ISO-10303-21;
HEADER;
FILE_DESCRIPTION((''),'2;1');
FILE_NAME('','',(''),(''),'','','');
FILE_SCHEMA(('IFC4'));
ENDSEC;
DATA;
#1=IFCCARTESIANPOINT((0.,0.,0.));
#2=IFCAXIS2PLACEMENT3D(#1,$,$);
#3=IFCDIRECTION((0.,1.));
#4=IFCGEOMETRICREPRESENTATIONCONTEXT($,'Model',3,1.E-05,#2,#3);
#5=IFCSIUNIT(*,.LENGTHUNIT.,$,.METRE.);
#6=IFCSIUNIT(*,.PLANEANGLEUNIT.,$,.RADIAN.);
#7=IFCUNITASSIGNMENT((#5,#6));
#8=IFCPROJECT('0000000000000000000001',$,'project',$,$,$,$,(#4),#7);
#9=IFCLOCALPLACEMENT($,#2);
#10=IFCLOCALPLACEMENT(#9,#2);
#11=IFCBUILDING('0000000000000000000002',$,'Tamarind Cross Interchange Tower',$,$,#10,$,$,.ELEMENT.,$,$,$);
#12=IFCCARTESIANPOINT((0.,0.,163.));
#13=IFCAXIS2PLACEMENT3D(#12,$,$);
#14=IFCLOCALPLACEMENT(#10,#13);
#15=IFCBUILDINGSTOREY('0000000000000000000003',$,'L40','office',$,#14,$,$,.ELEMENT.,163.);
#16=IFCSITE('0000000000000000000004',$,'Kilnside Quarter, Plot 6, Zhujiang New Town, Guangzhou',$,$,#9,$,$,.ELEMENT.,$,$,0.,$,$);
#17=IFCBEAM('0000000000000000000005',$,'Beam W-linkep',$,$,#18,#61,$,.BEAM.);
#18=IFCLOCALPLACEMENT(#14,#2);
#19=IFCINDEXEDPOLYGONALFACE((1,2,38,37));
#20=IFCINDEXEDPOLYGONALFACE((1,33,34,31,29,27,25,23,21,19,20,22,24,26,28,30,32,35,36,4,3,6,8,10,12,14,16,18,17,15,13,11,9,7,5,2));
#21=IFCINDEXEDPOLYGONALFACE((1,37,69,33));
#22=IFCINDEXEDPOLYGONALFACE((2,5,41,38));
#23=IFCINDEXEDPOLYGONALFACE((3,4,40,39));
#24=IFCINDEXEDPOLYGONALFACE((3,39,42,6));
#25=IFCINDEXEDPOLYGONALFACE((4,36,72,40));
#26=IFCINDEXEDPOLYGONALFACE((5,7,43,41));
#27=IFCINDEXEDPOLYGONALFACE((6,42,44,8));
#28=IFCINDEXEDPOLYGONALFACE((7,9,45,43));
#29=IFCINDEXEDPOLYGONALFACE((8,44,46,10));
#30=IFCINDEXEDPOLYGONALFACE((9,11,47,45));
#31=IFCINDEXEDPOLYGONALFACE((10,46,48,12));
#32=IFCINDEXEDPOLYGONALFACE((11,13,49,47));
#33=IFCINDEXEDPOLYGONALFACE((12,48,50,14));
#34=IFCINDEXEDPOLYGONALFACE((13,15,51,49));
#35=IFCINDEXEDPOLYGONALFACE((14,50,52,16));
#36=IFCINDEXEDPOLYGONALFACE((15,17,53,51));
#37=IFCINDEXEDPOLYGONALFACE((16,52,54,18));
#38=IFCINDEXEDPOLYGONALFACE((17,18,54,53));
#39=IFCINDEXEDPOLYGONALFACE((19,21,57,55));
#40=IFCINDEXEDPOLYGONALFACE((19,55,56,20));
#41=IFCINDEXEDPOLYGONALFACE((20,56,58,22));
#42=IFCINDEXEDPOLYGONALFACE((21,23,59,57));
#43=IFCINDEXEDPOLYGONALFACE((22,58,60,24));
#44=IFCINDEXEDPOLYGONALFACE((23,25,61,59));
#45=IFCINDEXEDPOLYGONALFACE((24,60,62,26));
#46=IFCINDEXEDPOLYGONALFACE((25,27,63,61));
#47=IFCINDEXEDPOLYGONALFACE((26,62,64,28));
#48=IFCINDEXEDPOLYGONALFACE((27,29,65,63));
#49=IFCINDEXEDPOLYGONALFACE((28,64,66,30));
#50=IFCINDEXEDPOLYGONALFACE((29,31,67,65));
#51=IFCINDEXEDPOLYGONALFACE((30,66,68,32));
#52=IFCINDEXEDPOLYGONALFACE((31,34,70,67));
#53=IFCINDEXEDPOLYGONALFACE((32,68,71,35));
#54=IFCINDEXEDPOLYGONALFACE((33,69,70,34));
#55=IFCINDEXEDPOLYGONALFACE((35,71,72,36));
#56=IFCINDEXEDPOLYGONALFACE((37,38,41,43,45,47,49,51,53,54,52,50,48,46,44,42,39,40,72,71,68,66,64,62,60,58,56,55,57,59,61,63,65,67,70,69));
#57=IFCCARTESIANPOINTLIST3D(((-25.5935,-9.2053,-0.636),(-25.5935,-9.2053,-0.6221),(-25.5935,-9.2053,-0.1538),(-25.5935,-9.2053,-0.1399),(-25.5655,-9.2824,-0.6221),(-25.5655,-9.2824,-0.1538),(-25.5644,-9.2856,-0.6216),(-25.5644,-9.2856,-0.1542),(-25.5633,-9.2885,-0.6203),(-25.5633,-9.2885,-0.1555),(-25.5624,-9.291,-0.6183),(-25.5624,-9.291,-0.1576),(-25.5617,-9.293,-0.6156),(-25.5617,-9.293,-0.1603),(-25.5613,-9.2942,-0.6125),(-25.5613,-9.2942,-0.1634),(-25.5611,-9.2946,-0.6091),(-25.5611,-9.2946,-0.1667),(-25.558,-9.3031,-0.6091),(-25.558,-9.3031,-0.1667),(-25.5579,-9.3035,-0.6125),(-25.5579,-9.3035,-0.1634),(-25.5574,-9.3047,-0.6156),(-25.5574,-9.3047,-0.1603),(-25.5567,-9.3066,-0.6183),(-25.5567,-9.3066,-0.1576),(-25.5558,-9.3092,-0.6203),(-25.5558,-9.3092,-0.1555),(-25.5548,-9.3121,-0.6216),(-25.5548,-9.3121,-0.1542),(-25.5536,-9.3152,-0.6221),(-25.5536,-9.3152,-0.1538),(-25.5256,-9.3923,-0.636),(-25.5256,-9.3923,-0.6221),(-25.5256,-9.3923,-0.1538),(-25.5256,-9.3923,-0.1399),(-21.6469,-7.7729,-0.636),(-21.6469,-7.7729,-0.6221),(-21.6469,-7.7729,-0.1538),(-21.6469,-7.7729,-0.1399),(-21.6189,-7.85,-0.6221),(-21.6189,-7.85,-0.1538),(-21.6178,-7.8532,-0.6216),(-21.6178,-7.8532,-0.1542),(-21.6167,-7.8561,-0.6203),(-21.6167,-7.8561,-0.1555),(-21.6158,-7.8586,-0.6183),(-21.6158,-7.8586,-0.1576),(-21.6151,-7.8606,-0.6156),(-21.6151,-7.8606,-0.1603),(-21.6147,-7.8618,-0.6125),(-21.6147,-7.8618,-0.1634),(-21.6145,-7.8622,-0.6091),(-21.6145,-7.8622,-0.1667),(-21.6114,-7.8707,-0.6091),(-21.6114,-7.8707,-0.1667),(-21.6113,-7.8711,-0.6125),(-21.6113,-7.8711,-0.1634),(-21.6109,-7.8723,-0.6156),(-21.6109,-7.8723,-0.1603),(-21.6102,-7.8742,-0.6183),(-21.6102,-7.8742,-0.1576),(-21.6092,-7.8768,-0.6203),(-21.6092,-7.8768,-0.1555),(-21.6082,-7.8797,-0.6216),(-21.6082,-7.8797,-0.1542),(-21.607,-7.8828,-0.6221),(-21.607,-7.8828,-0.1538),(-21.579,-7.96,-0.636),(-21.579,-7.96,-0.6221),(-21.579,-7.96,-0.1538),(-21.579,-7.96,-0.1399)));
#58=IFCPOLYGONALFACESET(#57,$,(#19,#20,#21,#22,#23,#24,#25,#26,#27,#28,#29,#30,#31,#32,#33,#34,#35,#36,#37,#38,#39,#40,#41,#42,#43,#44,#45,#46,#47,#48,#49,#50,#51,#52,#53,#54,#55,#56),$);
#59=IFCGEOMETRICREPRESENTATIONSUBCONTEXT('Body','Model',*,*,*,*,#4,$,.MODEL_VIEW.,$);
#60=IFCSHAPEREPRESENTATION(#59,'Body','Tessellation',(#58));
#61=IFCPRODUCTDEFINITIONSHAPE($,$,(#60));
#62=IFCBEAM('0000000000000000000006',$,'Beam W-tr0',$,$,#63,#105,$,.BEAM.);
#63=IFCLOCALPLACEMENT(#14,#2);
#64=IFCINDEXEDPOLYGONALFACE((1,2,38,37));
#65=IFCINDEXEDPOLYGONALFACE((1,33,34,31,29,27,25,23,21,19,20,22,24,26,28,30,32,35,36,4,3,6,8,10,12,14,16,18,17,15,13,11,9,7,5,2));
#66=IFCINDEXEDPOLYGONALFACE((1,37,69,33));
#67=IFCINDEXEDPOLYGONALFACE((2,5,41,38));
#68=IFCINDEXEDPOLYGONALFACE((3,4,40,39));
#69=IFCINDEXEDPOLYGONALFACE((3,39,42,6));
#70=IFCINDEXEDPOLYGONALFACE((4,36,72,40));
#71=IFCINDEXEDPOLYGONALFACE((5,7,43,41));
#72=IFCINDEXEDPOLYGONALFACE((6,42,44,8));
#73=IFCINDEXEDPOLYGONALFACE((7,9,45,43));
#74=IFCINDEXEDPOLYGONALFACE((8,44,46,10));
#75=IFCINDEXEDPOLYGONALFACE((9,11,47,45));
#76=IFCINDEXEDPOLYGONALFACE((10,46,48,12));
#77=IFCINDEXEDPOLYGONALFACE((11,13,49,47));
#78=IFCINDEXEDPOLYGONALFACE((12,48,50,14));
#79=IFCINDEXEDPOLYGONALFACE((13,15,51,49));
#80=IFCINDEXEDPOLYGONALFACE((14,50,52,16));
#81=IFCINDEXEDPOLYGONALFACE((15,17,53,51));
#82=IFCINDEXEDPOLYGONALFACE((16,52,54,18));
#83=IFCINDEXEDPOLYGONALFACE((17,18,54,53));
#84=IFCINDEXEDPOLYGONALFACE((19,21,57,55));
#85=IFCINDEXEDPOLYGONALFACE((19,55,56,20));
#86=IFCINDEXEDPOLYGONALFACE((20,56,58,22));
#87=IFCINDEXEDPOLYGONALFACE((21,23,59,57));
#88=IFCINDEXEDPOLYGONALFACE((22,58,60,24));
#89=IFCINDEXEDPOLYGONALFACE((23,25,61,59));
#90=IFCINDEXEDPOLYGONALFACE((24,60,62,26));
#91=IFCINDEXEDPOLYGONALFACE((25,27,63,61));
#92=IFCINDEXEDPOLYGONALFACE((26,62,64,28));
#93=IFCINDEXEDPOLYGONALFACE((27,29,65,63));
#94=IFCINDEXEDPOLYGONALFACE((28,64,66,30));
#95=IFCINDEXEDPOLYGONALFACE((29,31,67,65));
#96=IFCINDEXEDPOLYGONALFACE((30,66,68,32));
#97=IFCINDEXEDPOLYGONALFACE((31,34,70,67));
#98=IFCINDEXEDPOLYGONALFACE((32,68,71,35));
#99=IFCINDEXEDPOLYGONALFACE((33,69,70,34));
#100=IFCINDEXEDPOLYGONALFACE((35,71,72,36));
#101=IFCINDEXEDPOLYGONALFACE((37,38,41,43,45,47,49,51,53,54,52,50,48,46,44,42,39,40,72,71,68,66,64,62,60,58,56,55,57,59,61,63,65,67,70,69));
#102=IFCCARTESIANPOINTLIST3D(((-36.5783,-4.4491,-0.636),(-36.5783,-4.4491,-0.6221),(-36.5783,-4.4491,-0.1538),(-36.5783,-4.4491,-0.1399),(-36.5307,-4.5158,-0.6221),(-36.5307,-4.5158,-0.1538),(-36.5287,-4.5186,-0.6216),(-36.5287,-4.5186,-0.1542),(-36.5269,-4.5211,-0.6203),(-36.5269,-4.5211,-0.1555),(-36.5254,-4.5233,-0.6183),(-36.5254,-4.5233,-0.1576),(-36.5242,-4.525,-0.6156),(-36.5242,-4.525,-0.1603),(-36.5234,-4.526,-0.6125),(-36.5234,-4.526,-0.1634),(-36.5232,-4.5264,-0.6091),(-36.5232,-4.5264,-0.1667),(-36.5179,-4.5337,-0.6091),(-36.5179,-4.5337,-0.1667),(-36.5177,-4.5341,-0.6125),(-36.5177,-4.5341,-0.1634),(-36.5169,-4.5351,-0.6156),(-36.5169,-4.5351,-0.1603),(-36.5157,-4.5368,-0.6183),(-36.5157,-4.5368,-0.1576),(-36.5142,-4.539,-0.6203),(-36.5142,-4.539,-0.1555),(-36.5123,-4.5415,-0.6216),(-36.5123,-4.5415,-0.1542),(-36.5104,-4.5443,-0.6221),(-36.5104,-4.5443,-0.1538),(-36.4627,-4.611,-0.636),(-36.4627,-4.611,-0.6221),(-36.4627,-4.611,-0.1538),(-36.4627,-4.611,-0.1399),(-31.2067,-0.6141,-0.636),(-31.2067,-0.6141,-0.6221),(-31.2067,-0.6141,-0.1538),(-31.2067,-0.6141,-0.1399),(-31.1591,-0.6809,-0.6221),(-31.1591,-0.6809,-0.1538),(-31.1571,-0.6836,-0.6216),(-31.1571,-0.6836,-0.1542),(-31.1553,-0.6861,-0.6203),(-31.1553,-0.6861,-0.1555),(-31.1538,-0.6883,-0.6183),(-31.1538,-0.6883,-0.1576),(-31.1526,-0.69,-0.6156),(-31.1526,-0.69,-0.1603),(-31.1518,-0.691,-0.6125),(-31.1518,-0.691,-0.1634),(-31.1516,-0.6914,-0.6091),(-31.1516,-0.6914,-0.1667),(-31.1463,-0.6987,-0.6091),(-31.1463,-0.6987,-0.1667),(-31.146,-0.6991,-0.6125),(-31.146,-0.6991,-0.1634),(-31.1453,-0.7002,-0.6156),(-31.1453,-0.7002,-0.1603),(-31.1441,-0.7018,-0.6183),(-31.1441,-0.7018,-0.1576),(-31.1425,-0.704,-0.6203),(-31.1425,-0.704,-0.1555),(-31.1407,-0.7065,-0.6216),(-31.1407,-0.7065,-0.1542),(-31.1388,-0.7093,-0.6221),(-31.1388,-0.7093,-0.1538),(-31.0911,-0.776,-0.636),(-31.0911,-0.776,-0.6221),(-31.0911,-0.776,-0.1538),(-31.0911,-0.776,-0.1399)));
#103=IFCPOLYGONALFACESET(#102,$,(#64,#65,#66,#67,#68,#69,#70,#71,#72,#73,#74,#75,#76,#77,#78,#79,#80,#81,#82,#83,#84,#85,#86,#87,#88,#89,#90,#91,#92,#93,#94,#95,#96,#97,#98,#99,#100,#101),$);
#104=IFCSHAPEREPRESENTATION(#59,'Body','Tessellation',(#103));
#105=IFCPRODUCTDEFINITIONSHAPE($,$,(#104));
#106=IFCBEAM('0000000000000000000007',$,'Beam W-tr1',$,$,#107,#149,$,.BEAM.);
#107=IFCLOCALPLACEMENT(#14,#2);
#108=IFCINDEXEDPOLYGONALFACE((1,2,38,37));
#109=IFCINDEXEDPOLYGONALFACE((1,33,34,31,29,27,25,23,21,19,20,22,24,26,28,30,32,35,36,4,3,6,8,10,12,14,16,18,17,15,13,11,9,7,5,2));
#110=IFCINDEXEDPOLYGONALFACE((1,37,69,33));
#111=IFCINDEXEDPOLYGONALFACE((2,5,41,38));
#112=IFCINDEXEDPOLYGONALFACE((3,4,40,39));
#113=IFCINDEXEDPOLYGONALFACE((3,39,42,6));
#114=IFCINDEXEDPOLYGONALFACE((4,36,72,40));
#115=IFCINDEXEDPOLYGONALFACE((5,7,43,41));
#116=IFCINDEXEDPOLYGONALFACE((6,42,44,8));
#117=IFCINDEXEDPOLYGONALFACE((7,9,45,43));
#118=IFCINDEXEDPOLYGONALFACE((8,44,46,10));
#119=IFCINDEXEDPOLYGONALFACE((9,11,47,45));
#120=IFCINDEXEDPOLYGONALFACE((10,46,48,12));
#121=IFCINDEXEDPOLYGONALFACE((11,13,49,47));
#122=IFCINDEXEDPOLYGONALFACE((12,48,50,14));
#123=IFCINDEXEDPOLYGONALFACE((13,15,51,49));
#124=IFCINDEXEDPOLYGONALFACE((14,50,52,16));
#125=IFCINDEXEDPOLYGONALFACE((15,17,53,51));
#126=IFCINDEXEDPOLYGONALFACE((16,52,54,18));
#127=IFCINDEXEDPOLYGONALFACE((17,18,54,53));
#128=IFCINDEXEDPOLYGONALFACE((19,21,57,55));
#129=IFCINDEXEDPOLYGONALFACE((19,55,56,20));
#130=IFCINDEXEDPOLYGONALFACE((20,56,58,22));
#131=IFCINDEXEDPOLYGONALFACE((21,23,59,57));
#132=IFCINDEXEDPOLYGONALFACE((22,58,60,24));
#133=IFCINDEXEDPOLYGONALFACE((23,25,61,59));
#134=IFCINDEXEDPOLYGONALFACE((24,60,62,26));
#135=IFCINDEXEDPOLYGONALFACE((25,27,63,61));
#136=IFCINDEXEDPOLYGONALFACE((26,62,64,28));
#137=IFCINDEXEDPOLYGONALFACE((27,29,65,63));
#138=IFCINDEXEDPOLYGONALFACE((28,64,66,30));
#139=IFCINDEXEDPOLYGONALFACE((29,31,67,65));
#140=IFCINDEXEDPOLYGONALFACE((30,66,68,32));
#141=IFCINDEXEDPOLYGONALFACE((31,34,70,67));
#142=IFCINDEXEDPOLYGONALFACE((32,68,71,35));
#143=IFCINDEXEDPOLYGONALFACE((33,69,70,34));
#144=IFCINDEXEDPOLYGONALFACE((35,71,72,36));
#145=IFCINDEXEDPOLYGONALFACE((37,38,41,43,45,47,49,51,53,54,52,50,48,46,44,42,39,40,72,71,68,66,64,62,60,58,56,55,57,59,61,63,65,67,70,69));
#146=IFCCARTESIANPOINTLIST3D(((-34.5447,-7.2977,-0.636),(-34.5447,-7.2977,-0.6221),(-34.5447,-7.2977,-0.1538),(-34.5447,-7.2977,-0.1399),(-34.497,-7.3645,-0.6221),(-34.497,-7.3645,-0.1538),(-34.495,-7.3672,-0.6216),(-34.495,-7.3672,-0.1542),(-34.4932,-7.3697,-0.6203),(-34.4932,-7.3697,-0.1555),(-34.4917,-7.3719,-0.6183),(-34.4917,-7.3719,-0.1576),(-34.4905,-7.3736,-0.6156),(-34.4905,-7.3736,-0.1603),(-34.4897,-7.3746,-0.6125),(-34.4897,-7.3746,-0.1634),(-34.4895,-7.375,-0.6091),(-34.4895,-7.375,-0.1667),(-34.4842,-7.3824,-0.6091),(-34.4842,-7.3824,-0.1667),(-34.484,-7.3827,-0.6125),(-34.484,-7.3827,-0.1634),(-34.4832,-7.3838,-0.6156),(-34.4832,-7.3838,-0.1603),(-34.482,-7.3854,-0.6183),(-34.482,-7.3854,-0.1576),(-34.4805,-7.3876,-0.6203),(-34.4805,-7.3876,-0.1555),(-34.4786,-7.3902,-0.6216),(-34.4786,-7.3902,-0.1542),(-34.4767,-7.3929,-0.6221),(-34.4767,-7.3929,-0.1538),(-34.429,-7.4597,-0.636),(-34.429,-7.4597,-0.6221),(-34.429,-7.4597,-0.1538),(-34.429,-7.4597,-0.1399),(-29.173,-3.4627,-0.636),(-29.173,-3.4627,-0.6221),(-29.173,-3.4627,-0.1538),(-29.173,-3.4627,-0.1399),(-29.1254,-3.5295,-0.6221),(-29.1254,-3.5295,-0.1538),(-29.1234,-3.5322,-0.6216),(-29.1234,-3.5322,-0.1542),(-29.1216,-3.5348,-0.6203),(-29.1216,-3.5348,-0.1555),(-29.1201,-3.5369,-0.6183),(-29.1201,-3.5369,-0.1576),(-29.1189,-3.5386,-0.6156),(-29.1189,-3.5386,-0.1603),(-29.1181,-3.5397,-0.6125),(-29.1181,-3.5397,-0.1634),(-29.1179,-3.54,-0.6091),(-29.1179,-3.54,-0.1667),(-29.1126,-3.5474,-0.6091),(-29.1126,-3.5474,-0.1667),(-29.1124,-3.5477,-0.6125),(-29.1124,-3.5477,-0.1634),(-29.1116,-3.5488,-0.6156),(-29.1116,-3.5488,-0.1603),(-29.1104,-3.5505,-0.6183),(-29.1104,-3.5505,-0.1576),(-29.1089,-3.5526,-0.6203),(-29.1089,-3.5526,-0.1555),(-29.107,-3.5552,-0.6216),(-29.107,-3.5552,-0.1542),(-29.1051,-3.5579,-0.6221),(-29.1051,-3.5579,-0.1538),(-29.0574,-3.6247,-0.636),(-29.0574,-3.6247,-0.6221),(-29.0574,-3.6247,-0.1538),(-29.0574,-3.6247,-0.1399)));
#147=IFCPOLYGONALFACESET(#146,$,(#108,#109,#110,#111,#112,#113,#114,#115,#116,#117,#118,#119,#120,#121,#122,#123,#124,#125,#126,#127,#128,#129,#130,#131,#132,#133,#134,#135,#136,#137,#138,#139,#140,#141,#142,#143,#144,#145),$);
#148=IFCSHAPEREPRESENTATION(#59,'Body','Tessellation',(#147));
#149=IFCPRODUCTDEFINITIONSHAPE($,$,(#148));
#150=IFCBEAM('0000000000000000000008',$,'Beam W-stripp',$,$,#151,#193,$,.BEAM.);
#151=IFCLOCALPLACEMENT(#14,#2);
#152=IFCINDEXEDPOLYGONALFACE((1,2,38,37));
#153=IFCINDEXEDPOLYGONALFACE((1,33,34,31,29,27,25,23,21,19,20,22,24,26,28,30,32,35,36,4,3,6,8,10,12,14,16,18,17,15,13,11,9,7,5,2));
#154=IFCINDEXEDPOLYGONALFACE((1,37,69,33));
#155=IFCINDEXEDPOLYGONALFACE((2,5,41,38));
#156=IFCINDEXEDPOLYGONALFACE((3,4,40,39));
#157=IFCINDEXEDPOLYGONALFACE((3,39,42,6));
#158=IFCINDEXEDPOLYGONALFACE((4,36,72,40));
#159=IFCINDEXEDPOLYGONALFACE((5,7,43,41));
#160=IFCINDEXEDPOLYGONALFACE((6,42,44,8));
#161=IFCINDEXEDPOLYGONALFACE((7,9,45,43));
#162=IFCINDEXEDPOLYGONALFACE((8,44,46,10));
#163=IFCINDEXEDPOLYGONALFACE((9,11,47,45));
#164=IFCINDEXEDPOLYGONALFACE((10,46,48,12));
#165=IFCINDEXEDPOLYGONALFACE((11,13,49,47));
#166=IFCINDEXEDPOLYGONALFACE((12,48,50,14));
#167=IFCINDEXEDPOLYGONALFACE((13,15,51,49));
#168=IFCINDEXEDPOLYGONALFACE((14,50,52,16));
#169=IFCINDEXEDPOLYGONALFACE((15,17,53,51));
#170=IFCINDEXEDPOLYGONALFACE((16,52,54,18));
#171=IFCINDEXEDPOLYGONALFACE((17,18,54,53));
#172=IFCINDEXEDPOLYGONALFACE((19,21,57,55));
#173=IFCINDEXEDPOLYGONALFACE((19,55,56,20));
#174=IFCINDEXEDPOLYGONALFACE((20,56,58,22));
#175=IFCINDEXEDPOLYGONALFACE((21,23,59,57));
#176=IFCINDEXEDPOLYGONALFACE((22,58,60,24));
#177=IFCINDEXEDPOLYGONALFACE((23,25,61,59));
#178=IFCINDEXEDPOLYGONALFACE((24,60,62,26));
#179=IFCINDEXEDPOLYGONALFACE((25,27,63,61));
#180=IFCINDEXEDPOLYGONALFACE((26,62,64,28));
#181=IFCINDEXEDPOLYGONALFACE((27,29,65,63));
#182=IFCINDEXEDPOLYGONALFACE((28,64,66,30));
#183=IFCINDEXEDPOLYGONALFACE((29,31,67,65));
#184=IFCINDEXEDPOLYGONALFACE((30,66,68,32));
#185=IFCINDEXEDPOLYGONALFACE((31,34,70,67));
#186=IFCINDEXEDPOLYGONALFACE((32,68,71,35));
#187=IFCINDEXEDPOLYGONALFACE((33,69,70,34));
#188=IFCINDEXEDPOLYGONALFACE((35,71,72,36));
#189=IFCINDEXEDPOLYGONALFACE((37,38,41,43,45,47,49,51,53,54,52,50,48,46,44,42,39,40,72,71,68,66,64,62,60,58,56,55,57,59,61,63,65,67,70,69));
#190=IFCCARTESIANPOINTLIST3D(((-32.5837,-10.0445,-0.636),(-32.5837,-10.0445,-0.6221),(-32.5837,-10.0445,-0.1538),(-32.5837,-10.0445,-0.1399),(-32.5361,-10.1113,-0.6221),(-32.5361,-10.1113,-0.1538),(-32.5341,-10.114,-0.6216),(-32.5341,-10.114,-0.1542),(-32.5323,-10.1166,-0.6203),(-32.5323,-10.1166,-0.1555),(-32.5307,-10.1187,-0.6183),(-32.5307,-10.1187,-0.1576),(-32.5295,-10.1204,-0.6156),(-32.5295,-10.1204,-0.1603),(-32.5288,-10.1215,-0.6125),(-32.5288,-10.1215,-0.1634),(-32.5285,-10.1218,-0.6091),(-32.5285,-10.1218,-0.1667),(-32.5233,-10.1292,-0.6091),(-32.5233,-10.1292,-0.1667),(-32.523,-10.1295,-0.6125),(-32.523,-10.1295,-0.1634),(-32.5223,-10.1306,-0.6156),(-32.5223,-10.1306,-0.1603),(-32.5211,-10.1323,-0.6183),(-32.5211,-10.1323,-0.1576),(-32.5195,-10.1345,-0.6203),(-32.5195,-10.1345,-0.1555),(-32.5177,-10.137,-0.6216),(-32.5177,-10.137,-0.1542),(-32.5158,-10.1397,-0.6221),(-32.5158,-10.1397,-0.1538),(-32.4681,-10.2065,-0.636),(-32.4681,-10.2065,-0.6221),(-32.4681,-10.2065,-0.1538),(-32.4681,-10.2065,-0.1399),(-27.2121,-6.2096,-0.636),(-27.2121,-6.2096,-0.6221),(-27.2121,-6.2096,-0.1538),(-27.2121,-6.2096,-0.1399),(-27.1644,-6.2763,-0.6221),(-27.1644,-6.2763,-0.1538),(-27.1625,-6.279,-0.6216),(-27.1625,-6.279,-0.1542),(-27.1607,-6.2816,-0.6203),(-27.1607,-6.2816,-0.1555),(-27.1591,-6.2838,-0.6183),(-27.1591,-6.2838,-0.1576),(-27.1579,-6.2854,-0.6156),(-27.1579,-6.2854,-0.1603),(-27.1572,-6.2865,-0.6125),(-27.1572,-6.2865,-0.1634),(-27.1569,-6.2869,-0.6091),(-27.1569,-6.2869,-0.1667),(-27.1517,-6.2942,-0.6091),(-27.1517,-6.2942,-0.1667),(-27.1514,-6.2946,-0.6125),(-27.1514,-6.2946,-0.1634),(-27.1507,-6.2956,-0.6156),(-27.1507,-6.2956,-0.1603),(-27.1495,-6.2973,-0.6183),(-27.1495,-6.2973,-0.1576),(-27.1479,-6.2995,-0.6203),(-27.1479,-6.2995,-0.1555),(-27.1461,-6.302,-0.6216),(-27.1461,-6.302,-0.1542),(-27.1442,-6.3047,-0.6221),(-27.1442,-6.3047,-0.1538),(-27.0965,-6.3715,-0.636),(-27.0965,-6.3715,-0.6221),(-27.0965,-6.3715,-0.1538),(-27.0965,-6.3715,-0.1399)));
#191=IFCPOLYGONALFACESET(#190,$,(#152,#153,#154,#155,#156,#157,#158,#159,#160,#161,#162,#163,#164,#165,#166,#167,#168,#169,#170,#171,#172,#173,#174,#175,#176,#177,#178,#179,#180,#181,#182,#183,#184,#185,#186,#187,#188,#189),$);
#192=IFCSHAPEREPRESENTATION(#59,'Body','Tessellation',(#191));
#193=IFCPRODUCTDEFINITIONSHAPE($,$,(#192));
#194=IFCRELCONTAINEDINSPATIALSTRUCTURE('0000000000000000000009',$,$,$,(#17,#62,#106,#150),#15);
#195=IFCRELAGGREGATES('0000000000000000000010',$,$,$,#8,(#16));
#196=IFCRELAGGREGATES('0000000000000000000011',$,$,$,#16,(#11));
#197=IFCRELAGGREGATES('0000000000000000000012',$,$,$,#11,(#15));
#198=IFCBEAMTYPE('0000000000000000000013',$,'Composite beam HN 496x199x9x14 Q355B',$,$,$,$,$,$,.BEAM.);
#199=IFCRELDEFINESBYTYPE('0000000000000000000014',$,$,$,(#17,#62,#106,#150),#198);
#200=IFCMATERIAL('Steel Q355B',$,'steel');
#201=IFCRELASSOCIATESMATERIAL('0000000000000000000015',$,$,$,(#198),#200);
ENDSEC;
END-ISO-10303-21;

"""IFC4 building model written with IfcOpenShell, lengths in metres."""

from ifc_helpers import new_model, si_unit, direction, frame, origin, origin_2d, place, context, subcontext, project, spatial, i_section, extrude, material, material_profile, profile_set, type_object, element, save


model = new_model("IFC4")

# Units and contexts
model_context = context("Model", 3, precision=1e-05, world=origin(), true_north=direction((0.0, 1.0)))
body_context = subcontext(model_context, "Body", "Model", "MODEL_VIEW")
ifc_project = project(units=[si_unit("LENGTHUNIT", "METRE"), si_unit("PLANEANGLEUNIT", "RADIAN")], contexts=[model_context])

# Site, building, storey
site_placement = place(None, origin())
site = spatial("IfcSite", under=ifc_project, at=site_placement, Name="Kilnside Quarter, Plot 6, Zhujiang New Town, Guangzhou", CompositionType="ELEMENT", RefElevation=0.0)
building_placement = place(site_placement, origin())
building = spatial("IfcBuilding", under=site, at=building_placement, Name="Tamarind Cross Interchange Tower", CompositionType="ELEMENT")
storey_placement = place(building_placement, frame((0.0, 0.0, 163.0)))
storey = spatial("IfcBuildingStorey", under=building, at=storey_placement, Name="L40", Description="office", CompositionType="ELEMENT", Elevation=163.0)

# Beams
ifc_material_1 = material(Name="Steel Q355B", Category="steel")
ifc_material_profile_1 = material_profile(ifc_material_1, i_section(OverallWidth=0.199, OverallDepth=0.4961, WebThickness=0.009, FlangeThickness=0.0139, FilletRadius=0.0129, at=origin_2d()), Name="HN 496x199x9x14")
ifc_profile_set_1 = profile_set([ifc_material_profile_1], Name="Steel Q355B")
beam_type_1 = type_object("IfcBeamType", Name="Composite beam HN 496x199x9x14 Q355B", PredefinedType="BEAM", material=ifc_profile_set_1)
beam_1_placement = place(storey_placement, frame((-25.5596, -9.2988, -0.3879), z_axis=(0.940002, 0.341169, 0.0), x_axis=(-0.341169, 0.940002, 0.0)))
element("IfcBeam", 1, at=beam_1_placement, inside=storey, type_object=beam_type_1, Name="Beam W-linkep", PredefinedType="BEAM", context=body_context, shape_type="SweptSolid", body=[
    extrude(i_section(OverallWidth=0.199, OverallDepth=0.4961, WebThickness=0.009, FlangeThickness=0.0139, FilletRadius=0.0129, at=origin_2d()), origin(), (0.0, 0.0, 1.0), 4.1985),
])
for number, where, z_axis, x_axis, name in (
    (2, (-31.1489, -0.6951, -0.3879), (-0.813868, -0.581049, 0.0), (0.581049, -0.813868, 0.0), "Beam W-tr0"),
    (3, (-29.1152, -3.5437, -0.3879), (-0.813868, -0.581049, 0.0), (0.581049, -0.813868, 0.0), "Beam W-tr1"),
    (4, (-27.1543, -6.2905, -0.3879), (-0.813868, -0.581049, 0.0), (0.581049, -0.813868, 0.0), "Beam W-stripp"),
):
    element("IfcBeam", number, at=place(storey_placement, frame(where, z_axis=z_axis, x_axis=x_axis)), inside=storey, type_object=beam_type_1, Name=name, PredefinedType="BEAM", context=body_context, shape_type="SweptSolid", body=[
        extrude(i_section(OverallWidth=0.199, OverallDepth=0.4961, WebThickness=0.009, FlangeThickness=0.0139, FilletRadius=0.0129, at=origin_2d()), origin(), (0.0, 0.0, 1.0), 6.6001),
    ])

save(model, "model.ifc")
